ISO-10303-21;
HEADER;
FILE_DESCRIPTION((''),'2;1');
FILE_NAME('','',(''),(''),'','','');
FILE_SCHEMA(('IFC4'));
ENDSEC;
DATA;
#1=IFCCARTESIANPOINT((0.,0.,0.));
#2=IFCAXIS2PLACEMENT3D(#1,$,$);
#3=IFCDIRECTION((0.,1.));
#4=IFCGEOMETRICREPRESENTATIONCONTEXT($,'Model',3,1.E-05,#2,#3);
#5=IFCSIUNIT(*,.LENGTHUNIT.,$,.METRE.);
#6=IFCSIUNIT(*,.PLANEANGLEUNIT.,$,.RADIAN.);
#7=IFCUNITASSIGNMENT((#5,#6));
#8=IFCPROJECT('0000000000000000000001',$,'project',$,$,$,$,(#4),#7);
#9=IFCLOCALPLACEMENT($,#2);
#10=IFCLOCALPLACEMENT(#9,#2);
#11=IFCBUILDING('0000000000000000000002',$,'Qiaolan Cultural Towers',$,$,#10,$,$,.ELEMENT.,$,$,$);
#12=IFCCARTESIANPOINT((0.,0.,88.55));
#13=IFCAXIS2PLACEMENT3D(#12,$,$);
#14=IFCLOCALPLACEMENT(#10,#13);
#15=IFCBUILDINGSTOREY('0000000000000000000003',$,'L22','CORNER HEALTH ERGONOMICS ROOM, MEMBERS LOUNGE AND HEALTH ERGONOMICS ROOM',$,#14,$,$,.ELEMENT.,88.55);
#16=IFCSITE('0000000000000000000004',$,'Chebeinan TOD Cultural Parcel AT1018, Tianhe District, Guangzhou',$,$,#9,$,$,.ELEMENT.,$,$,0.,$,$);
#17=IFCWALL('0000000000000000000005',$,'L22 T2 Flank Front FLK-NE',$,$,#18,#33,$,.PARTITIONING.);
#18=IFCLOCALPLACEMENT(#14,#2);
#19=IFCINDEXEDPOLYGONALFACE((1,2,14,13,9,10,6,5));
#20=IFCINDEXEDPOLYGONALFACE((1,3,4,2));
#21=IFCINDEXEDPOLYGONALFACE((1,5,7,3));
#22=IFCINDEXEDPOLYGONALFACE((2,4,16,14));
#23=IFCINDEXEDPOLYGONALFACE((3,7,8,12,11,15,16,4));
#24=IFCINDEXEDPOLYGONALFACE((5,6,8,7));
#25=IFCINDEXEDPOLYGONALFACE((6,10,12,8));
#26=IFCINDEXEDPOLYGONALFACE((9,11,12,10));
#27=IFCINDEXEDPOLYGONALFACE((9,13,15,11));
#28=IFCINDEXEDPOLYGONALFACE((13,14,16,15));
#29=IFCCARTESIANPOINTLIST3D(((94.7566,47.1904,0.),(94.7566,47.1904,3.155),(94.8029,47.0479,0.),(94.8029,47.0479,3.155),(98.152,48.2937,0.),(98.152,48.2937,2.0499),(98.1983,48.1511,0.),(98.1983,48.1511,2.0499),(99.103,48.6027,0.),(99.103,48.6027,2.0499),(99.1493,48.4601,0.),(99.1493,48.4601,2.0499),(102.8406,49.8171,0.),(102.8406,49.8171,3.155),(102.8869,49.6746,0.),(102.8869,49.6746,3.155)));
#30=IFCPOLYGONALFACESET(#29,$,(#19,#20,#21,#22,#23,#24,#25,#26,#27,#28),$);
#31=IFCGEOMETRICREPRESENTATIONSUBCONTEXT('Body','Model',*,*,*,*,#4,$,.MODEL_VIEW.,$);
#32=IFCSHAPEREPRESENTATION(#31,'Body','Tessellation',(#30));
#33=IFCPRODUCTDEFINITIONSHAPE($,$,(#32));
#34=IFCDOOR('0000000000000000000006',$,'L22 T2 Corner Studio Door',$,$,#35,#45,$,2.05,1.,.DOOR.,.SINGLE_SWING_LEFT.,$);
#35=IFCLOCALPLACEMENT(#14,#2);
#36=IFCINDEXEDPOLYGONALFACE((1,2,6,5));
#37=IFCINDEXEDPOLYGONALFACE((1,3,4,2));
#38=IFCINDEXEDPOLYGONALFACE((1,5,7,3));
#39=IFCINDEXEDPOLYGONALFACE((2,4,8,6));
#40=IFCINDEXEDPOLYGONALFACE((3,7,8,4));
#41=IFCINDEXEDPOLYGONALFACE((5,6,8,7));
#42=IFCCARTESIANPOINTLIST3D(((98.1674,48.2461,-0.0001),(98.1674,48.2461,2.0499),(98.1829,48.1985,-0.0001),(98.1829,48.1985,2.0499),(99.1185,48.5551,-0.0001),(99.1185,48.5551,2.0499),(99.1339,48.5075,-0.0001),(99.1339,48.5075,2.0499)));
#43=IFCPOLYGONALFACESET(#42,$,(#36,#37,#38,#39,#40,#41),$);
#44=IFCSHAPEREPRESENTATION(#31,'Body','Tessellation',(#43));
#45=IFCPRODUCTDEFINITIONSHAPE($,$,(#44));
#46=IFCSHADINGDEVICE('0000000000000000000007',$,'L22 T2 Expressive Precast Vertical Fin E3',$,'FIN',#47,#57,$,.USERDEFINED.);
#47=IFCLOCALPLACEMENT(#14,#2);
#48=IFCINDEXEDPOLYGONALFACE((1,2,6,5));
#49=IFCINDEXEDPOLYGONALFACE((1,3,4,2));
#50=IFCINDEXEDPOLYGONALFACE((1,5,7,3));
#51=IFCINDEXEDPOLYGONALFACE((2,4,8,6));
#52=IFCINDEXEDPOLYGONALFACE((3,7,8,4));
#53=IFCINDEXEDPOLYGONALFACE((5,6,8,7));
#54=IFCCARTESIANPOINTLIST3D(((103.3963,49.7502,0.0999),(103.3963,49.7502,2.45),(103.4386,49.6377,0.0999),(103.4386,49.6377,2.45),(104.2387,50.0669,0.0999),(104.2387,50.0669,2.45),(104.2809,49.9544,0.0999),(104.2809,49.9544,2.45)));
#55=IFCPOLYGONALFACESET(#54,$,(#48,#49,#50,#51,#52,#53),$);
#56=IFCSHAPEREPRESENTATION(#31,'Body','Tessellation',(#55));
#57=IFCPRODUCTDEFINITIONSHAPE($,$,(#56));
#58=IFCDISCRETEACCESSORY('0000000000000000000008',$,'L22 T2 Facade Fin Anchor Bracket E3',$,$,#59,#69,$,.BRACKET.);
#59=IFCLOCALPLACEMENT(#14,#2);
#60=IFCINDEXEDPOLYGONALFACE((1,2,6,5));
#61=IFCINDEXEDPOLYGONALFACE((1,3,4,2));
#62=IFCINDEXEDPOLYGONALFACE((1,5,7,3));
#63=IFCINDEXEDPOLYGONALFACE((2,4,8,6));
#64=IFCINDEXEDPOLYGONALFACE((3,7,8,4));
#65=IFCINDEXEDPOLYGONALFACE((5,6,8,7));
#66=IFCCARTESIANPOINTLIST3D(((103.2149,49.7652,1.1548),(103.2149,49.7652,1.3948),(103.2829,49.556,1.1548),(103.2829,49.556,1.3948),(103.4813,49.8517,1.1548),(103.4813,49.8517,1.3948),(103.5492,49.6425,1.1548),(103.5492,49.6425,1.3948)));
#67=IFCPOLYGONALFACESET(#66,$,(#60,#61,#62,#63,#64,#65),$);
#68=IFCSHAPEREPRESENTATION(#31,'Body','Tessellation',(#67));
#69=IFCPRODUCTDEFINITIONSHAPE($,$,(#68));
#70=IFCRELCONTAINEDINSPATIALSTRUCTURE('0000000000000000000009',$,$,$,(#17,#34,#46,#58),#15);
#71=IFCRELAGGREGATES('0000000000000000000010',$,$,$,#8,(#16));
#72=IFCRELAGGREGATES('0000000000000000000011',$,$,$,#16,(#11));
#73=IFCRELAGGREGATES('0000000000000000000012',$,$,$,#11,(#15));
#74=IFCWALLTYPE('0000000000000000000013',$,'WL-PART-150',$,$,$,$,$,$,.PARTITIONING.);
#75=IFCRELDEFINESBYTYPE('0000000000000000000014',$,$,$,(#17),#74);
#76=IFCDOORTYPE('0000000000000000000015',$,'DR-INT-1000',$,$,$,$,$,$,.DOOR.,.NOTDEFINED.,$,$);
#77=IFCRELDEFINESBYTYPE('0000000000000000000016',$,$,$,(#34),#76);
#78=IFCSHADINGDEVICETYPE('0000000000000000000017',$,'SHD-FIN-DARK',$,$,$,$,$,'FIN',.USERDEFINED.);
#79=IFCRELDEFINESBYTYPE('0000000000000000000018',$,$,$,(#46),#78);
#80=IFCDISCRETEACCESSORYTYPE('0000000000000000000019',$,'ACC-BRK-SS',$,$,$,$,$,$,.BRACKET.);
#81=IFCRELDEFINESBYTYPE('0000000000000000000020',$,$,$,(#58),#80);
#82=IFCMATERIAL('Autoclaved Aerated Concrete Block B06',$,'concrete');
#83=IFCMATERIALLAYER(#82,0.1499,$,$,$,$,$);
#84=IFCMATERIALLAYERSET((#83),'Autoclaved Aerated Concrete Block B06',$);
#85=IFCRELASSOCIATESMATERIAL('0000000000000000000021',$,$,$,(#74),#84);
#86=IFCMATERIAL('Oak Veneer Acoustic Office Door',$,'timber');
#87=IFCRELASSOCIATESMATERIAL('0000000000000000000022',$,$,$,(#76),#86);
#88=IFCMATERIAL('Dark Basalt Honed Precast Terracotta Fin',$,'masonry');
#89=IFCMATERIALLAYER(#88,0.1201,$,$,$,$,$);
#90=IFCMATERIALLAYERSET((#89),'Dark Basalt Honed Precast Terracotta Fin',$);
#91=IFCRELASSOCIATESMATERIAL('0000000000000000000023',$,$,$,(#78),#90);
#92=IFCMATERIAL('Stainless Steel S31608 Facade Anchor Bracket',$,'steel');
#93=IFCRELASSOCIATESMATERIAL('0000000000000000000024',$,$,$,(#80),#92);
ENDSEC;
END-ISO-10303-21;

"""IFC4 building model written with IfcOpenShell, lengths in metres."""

from ifc_helpers import new_model, si_unit, direction, frame, frame_2d, origin, origin_2d, place, context, subcontext, project, spatial, rectangle, extrude, material, layer, layer_set, type_object, element, fill, save


model = new_model("IFC4")

# Units and contexts
model_context = context("Model", 3, precision=1e-05, world=origin(), true_north=direction((0.0, 1.0)))
body_context = subcontext(model_context, "Body", "Model", "MODEL_VIEW")
ifc_project = project(units=[si_unit("LENGTHUNIT", "METRE"), si_unit("PLANEANGLEUNIT", "RADIAN")], contexts=[model_context])

# Site, building, storey
site_placement = place(None, origin())
site = spatial("IfcSite", under=ifc_project, at=site_placement, Name="Chebeinan TOD Cultural Parcel AT1018, Tianhe District, Guangzhou", CompositionType="ELEMENT", RefElevation=0.0)
building_placement = place(site_placement, origin())
building = spatial("IfcBuilding", under=site, at=building_placement, Name="Qiaolan Cultural Towers", CompositionType="ELEMENT")
storey_placement = place(building_placement, frame((0.0, 0.0, 88.55)))
storey = spatial("IfcBuildingStorey", under=building, at=storey_placement, Name="L22", Description="CORNER HEALTH ERGONOMICS ROOM, MEMBERS LOUNGE AND HEALTH ERGONOMICS ROOM", CompositionType="ELEMENT", Elevation=88.55)

# Shared definitions
ifc_material_1 = material(Name="Autoclaved Aerated Concrete Block B06", Category="concrete")
ifc_layer_1 = layer(ifc_material_1, 0.1499)
ifc_layer_set_1 = layer_set([ifc_layer_1], Name="Autoclaved Aerated Concrete Block B06")
wall_type_1 = type_object("IfcWallType", Name="WL-PART-150", PredefinedType="PARTITIONING", material=ifc_layer_set_1)

# Wall, opening, door
wall_1_placement = place(storey_placement, frame((94.7798, 47.1191, 0.0), z_axis=(0.0, 0.0, 1.0), x_axis=(0.951054, 0.309024, 0.0)))
wall_1 = element("IfcWall", 1, at=wall_1_placement, inside=storey, type_object=wall_type_1, Name="L22 T2 Flank Front FLK-NE", PredefinedType="PARTITIONING", context=body_context, shape_type="SweptSolid", body=[
    extrude(rectangle(XDim=8.5, YDim=0.1499, at=frame_2d((4.25, 0.0))), origin(), (0.0, 0.0, 1.0), 3.155),
])
opening_1_placement = place(wall_1_placement, frame((3.5701, 0.0, 0.0)))
opening_1 = element("IfcOpeningElement", 2, at=opening_1_placement, cuts=wall_1, PredefinedType="OPENING", context=body_context, shape_type="SweptSolid", body=[
    extrude(rectangle(XDim=1.0, YDim=2.05, at=frame_2d((0.5, 1.0249))), frame((0.0, 0.085, 0.0), z_axis=(0.0, -1.0, 0.0), x_axis=(1.0, 0.0, 0.0)), (0.0, 0.0, 1.0), 0.1699),
])
ifc_material_2 = material(Name="Oak Veneer Acoustic Office Door", Category="timber")
door_type_1 = type_object("IfcDoorType", Name="DR-INT-1000", OperationType="NOTDEFINED", PredefinedType="DOOR", material=ifc_material_2)
door_1_placement = place(opening_1_placement, origin())
door_1 = element("IfcDoor", 3, at=door_1_placement, inside=storey, type_object=door_type_1, Name="L22 T2 Corner Studio Door", OperationType="SINGLE_SWING_LEFT", OverallHeight=2.05, OverallWidth=1.0, PredefinedType="DOOR", context=body_context, shape_type="SweptSolid", body=[
    extrude(rectangle(XDim=1.0, YDim=2.05, at=frame_2d((0.5, 1.0249))), frame((0.0, 0.0249, 0.0), z_axis=(0.0, -1.0, 0.0), x_axis=(1.0, 0.0, 0.0)), (0.0, 0.0, 1.0), 0.05),
])
fill(opening_1, door_1)

# Shading device
ifc_material_3 = material(Name="Dark Basalt Honed Precast Terracotta Fin", Category="masonry")
ifc_layer_2 = layer(ifc_material_3, 0.1201)
ifc_layer_set_2 = layer_set([ifc_layer_2], Name="Dark Basalt Honed Precast Terracotta Fin")
shading_device_type = type_object("IfcShadingDeviceType", Name="SHD-FIN-DARK", ElementType="FIN", PredefinedType="USERDEFINED", material=ifc_layer_set_2)
shading_device_placement = place(storey_placement, frame((103.8386, 49.8523, 0.0999), z_axis=(0.0, 0.0, 1.0), x_axis=(0.936031, 0.351919, 0.0)))
element("IfcShadingDevice", 4, at=shading_device_placement, inside=storey, type_object=shading_device_type, Name="L22 T2 Expressive Precast Vertical Fin E3", ObjectType="FIN", PredefinedType="USERDEFINED", context=body_context, shape_type="SweptSolid", body=[
    extrude(rectangle(XDim=0.8999, YDim=0.1201, at=origin_2d()), origin(), (0.0, 0.0, 1.0), 2.3501),
])

# Discrete accessory
ifc_material_4 = material(Name="Stainless Steel S31608 Facade Anchor Bracket", Category="steel")
discrete_accessory_type = type_object("IfcDiscreteAccessoryType", Name="ACC-BRK-SS", PredefinedType="BRACKET", material=ifc_material_4)
discrete_accessory_placement = place(storey_placement, frame((103.3821, 49.7039, 1.1548), z_axis=(0.0, 0.0, 1.0), x_axis=(0.951057, 0.309017, 0.0)))
element("IfcDiscreteAccessory", 5, at=discrete_accessory_placement, inside=storey, type_object=discrete_accessory_type, Name="L22 T2 Facade Fin Anchor Bracket E3", PredefinedType="BRACKET", context=body_context, shape_type="SweptSolid", body=[
    extrude(rectangle(XDim=0.28, YDim=0.22, at=origin_2d()), origin(), (0.0, 0.0, 1.0), 0.24),
])

save(model, "model.ifc")
